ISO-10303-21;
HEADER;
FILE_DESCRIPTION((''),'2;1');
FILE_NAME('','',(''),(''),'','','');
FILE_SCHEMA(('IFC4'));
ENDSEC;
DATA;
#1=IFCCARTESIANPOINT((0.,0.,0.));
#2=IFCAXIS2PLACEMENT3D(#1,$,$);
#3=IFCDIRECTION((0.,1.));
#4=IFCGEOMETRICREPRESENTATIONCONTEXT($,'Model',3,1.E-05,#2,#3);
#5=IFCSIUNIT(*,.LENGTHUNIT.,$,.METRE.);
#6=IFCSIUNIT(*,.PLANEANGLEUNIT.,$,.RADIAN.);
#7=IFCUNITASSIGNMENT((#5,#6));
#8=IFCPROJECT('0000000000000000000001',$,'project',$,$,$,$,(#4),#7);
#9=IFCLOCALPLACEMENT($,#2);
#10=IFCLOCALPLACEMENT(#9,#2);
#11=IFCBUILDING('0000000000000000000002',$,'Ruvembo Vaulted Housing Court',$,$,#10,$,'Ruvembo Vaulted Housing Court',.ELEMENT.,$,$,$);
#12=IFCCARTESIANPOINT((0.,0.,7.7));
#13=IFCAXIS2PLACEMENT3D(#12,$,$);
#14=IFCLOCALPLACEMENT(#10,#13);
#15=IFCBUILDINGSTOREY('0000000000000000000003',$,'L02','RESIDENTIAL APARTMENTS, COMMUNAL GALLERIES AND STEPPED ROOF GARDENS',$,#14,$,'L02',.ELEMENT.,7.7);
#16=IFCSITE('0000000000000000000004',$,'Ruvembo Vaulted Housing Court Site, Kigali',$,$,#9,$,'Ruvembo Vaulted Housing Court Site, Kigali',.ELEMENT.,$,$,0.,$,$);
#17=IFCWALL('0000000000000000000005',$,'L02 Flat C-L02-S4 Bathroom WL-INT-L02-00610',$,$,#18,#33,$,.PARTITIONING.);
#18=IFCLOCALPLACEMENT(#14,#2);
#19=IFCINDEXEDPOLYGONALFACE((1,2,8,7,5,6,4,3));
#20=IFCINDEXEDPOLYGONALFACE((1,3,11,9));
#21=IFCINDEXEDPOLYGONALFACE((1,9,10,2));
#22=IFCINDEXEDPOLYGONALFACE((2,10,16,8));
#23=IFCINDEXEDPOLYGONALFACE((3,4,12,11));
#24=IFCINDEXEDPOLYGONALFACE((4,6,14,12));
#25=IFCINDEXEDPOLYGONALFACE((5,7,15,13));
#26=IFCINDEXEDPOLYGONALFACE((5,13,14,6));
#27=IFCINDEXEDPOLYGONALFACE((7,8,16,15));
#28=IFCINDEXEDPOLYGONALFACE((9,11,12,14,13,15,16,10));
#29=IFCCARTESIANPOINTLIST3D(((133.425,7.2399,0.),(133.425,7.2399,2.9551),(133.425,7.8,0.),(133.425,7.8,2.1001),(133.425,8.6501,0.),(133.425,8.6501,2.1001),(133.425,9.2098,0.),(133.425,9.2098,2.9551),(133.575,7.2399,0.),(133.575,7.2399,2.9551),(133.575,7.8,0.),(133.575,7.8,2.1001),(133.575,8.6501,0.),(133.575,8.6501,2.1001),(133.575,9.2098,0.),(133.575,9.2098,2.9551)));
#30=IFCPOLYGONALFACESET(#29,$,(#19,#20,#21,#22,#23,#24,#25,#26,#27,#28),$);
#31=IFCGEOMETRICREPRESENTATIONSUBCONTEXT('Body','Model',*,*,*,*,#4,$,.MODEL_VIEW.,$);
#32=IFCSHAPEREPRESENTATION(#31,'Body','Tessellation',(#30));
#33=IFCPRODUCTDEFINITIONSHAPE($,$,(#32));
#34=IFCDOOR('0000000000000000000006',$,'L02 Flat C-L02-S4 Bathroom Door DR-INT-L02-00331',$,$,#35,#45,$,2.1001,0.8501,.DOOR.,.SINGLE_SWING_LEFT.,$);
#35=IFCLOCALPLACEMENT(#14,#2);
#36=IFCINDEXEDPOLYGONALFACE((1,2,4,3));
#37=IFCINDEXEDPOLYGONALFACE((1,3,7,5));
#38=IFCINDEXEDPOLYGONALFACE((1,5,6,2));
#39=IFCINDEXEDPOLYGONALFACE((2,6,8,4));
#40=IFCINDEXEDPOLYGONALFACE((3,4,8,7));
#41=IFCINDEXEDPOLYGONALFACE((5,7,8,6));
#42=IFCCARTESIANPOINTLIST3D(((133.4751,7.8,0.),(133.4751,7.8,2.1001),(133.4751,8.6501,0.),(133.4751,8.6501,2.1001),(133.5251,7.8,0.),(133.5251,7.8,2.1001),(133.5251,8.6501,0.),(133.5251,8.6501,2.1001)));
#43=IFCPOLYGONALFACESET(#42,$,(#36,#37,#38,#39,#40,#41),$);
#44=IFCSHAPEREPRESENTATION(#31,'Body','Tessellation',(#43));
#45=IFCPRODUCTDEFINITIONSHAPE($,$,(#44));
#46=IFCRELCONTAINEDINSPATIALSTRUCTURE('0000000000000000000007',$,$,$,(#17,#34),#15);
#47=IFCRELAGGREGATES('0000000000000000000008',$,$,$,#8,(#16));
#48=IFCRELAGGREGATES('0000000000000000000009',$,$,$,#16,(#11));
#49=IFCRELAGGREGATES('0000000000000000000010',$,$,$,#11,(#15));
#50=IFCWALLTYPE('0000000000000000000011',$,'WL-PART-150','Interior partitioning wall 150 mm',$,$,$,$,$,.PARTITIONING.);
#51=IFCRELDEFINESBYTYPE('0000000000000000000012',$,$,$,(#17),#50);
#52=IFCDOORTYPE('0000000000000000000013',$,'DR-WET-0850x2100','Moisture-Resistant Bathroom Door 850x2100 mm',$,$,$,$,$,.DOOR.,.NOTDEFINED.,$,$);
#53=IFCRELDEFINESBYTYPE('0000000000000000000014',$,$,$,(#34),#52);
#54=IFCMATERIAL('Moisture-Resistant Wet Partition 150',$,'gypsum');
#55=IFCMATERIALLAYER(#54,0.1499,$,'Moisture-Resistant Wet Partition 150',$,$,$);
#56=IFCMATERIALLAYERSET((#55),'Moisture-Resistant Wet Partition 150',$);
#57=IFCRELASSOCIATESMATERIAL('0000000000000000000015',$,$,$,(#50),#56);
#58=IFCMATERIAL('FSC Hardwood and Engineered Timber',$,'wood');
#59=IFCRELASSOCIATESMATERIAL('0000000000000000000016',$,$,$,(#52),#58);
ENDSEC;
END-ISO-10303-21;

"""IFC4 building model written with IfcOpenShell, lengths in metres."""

from ifc_helpers import new_model, si_unit, direction, frame, frame_2d, origin, place, context, subcontext, project, spatial, rectangle, extrude, material, layer, layer_set, type_object, element, fill, save


model = new_model("IFC4")

# Units and contexts
model_context = context("Model", 3, precision=1e-05, world=origin(), true_north=direction((0.0, 1.0)))
body_context = subcontext(model_context, "Body", "Model", "MODEL_VIEW")
ifc_project = project(units=[si_unit("LENGTHUNIT", "METRE"), si_unit("PLANEANGLEUNIT", "RADIAN")], contexts=[model_context])

# Site, building, storey
site_placement = place(None, origin())
site = spatial("IfcSite", under=ifc_project, at=site_placement, Name="Ruvembo Vaulted Housing Court Site, Kigali", LongName="Ruvembo Vaulted Housing Court Site, Kigali", CompositionType="ELEMENT", RefElevation=0.0)
building_placement = place(site_placement, origin())
building = spatial("IfcBuilding", under=site, at=building_placement, Name="Ruvembo Vaulted Housing Court", LongName="Ruvembo Vaulted Housing Court", CompositionType="ELEMENT")
storey_placement = place(building_placement, frame((0.0, 0.0, 7.7)))
storey = spatial("IfcBuildingStorey", under=building, at=storey_placement, Name="L02", Description="RESIDENTIAL APARTMENTS, COMMUNAL GALLERIES AND STEPPED ROOF GARDENS", LongName="L02", CompositionType="ELEMENT", Elevation=7.7)

# Shared definitions
ifc_material_1 = material(Name="FSC Hardwood and Engineered Timber", Category="wood")

# Wall, opening, door
ifc_material_2 = material(Name="Moisture-Resistant Wet Partition 150", Category="gypsum")
ifc_layer_1 = layer(ifc_material_2, 0.1499, Name="Moisture-Resistant Wet Partition 150")
ifc_layer_set_1 = layer_set([ifc_layer_1], Name="Moisture-Resistant Wet Partition 150")
wall_type_1 = type_object("IfcWallType", Name="WL-PART-150", Description="Interior partitioning wall 150 mm", PredefinedType="PARTITIONING", material=ifc_layer_set_1)
wall_1_placement = place(storey_placement, frame((133.5, 7.24, 0.0), z_axis=(0.0, 0.0, 1.0), x_axis=(0.0, 1.0, 0.0)))
wall_1 = element("IfcWall", 1, at=wall_1_placement, inside=storey, type_object=wall_type_1, Name="L02 Flat C-L02-S4 Bathroom WL-INT-L02-00610", PredefinedType="PARTITIONING", context=body_context, shape_type="SweptSolid", body=[
    extrude(rectangle(XDim=1.97, YDim=0.1499, at=frame_2d((0.9849, 0.0))), origin(), (0.0, 0.0, 1.0), 2.9551),
])
opening_1_placement = place(wall_1_placement, frame((0.5601, 0.0, 0.0)))
opening_1 = element("IfcOpeningElement", 2, at=opening_1_placement, cuts=wall_1, PredefinedType="OPENING", context=body_context, shape_type="SweptSolid", body=[
    extrude(rectangle(XDim=0.8501, YDim=2.1001, at=frame_2d((0.425, 1.05))), frame((0.0, 0.085, 0.0), z_axis=(0.0, -1.0, 0.0), x_axis=(1.0, 0.0, 0.0)), (0.0, 0.0, 1.0), 0.1699),
])
door_type_1 = type_object("IfcDoorType", Name="DR-WET-0850x2100", Description="Moisture-Resistant Bathroom Door 850x2100 mm", OperationType="NOTDEFINED", PredefinedType="DOOR", material=ifc_material_1)
door_1_placement = place(opening_1_placement, origin())
door_1 = element("IfcDoor", 3, at=door_1_placement, inside=storey, type_object=door_type_1, Name="L02 Flat C-L02-S4 Bathroom Door DR-INT-L02-00331", OperationType="SINGLE_SWING_LEFT", OverallHeight=2.1001, OverallWidth=0.8501, PredefinedType="DOOR", context=body_context, shape_type="SweptSolid", body=[
    extrude(rectangle(XDim=0.8501, YDim=2.1001, at=frame_2d((0.425, 1.05))), frame((0.0, 0.0249, 0.0), z_axis=(0.0, -1.0, 0.0), x_axis=(1.0, 0.0, 0.0)), (0.0, 0.0, 1.0), 0.05),
])
fill(opening_1, door_1)

save(model, "model.ifc")
